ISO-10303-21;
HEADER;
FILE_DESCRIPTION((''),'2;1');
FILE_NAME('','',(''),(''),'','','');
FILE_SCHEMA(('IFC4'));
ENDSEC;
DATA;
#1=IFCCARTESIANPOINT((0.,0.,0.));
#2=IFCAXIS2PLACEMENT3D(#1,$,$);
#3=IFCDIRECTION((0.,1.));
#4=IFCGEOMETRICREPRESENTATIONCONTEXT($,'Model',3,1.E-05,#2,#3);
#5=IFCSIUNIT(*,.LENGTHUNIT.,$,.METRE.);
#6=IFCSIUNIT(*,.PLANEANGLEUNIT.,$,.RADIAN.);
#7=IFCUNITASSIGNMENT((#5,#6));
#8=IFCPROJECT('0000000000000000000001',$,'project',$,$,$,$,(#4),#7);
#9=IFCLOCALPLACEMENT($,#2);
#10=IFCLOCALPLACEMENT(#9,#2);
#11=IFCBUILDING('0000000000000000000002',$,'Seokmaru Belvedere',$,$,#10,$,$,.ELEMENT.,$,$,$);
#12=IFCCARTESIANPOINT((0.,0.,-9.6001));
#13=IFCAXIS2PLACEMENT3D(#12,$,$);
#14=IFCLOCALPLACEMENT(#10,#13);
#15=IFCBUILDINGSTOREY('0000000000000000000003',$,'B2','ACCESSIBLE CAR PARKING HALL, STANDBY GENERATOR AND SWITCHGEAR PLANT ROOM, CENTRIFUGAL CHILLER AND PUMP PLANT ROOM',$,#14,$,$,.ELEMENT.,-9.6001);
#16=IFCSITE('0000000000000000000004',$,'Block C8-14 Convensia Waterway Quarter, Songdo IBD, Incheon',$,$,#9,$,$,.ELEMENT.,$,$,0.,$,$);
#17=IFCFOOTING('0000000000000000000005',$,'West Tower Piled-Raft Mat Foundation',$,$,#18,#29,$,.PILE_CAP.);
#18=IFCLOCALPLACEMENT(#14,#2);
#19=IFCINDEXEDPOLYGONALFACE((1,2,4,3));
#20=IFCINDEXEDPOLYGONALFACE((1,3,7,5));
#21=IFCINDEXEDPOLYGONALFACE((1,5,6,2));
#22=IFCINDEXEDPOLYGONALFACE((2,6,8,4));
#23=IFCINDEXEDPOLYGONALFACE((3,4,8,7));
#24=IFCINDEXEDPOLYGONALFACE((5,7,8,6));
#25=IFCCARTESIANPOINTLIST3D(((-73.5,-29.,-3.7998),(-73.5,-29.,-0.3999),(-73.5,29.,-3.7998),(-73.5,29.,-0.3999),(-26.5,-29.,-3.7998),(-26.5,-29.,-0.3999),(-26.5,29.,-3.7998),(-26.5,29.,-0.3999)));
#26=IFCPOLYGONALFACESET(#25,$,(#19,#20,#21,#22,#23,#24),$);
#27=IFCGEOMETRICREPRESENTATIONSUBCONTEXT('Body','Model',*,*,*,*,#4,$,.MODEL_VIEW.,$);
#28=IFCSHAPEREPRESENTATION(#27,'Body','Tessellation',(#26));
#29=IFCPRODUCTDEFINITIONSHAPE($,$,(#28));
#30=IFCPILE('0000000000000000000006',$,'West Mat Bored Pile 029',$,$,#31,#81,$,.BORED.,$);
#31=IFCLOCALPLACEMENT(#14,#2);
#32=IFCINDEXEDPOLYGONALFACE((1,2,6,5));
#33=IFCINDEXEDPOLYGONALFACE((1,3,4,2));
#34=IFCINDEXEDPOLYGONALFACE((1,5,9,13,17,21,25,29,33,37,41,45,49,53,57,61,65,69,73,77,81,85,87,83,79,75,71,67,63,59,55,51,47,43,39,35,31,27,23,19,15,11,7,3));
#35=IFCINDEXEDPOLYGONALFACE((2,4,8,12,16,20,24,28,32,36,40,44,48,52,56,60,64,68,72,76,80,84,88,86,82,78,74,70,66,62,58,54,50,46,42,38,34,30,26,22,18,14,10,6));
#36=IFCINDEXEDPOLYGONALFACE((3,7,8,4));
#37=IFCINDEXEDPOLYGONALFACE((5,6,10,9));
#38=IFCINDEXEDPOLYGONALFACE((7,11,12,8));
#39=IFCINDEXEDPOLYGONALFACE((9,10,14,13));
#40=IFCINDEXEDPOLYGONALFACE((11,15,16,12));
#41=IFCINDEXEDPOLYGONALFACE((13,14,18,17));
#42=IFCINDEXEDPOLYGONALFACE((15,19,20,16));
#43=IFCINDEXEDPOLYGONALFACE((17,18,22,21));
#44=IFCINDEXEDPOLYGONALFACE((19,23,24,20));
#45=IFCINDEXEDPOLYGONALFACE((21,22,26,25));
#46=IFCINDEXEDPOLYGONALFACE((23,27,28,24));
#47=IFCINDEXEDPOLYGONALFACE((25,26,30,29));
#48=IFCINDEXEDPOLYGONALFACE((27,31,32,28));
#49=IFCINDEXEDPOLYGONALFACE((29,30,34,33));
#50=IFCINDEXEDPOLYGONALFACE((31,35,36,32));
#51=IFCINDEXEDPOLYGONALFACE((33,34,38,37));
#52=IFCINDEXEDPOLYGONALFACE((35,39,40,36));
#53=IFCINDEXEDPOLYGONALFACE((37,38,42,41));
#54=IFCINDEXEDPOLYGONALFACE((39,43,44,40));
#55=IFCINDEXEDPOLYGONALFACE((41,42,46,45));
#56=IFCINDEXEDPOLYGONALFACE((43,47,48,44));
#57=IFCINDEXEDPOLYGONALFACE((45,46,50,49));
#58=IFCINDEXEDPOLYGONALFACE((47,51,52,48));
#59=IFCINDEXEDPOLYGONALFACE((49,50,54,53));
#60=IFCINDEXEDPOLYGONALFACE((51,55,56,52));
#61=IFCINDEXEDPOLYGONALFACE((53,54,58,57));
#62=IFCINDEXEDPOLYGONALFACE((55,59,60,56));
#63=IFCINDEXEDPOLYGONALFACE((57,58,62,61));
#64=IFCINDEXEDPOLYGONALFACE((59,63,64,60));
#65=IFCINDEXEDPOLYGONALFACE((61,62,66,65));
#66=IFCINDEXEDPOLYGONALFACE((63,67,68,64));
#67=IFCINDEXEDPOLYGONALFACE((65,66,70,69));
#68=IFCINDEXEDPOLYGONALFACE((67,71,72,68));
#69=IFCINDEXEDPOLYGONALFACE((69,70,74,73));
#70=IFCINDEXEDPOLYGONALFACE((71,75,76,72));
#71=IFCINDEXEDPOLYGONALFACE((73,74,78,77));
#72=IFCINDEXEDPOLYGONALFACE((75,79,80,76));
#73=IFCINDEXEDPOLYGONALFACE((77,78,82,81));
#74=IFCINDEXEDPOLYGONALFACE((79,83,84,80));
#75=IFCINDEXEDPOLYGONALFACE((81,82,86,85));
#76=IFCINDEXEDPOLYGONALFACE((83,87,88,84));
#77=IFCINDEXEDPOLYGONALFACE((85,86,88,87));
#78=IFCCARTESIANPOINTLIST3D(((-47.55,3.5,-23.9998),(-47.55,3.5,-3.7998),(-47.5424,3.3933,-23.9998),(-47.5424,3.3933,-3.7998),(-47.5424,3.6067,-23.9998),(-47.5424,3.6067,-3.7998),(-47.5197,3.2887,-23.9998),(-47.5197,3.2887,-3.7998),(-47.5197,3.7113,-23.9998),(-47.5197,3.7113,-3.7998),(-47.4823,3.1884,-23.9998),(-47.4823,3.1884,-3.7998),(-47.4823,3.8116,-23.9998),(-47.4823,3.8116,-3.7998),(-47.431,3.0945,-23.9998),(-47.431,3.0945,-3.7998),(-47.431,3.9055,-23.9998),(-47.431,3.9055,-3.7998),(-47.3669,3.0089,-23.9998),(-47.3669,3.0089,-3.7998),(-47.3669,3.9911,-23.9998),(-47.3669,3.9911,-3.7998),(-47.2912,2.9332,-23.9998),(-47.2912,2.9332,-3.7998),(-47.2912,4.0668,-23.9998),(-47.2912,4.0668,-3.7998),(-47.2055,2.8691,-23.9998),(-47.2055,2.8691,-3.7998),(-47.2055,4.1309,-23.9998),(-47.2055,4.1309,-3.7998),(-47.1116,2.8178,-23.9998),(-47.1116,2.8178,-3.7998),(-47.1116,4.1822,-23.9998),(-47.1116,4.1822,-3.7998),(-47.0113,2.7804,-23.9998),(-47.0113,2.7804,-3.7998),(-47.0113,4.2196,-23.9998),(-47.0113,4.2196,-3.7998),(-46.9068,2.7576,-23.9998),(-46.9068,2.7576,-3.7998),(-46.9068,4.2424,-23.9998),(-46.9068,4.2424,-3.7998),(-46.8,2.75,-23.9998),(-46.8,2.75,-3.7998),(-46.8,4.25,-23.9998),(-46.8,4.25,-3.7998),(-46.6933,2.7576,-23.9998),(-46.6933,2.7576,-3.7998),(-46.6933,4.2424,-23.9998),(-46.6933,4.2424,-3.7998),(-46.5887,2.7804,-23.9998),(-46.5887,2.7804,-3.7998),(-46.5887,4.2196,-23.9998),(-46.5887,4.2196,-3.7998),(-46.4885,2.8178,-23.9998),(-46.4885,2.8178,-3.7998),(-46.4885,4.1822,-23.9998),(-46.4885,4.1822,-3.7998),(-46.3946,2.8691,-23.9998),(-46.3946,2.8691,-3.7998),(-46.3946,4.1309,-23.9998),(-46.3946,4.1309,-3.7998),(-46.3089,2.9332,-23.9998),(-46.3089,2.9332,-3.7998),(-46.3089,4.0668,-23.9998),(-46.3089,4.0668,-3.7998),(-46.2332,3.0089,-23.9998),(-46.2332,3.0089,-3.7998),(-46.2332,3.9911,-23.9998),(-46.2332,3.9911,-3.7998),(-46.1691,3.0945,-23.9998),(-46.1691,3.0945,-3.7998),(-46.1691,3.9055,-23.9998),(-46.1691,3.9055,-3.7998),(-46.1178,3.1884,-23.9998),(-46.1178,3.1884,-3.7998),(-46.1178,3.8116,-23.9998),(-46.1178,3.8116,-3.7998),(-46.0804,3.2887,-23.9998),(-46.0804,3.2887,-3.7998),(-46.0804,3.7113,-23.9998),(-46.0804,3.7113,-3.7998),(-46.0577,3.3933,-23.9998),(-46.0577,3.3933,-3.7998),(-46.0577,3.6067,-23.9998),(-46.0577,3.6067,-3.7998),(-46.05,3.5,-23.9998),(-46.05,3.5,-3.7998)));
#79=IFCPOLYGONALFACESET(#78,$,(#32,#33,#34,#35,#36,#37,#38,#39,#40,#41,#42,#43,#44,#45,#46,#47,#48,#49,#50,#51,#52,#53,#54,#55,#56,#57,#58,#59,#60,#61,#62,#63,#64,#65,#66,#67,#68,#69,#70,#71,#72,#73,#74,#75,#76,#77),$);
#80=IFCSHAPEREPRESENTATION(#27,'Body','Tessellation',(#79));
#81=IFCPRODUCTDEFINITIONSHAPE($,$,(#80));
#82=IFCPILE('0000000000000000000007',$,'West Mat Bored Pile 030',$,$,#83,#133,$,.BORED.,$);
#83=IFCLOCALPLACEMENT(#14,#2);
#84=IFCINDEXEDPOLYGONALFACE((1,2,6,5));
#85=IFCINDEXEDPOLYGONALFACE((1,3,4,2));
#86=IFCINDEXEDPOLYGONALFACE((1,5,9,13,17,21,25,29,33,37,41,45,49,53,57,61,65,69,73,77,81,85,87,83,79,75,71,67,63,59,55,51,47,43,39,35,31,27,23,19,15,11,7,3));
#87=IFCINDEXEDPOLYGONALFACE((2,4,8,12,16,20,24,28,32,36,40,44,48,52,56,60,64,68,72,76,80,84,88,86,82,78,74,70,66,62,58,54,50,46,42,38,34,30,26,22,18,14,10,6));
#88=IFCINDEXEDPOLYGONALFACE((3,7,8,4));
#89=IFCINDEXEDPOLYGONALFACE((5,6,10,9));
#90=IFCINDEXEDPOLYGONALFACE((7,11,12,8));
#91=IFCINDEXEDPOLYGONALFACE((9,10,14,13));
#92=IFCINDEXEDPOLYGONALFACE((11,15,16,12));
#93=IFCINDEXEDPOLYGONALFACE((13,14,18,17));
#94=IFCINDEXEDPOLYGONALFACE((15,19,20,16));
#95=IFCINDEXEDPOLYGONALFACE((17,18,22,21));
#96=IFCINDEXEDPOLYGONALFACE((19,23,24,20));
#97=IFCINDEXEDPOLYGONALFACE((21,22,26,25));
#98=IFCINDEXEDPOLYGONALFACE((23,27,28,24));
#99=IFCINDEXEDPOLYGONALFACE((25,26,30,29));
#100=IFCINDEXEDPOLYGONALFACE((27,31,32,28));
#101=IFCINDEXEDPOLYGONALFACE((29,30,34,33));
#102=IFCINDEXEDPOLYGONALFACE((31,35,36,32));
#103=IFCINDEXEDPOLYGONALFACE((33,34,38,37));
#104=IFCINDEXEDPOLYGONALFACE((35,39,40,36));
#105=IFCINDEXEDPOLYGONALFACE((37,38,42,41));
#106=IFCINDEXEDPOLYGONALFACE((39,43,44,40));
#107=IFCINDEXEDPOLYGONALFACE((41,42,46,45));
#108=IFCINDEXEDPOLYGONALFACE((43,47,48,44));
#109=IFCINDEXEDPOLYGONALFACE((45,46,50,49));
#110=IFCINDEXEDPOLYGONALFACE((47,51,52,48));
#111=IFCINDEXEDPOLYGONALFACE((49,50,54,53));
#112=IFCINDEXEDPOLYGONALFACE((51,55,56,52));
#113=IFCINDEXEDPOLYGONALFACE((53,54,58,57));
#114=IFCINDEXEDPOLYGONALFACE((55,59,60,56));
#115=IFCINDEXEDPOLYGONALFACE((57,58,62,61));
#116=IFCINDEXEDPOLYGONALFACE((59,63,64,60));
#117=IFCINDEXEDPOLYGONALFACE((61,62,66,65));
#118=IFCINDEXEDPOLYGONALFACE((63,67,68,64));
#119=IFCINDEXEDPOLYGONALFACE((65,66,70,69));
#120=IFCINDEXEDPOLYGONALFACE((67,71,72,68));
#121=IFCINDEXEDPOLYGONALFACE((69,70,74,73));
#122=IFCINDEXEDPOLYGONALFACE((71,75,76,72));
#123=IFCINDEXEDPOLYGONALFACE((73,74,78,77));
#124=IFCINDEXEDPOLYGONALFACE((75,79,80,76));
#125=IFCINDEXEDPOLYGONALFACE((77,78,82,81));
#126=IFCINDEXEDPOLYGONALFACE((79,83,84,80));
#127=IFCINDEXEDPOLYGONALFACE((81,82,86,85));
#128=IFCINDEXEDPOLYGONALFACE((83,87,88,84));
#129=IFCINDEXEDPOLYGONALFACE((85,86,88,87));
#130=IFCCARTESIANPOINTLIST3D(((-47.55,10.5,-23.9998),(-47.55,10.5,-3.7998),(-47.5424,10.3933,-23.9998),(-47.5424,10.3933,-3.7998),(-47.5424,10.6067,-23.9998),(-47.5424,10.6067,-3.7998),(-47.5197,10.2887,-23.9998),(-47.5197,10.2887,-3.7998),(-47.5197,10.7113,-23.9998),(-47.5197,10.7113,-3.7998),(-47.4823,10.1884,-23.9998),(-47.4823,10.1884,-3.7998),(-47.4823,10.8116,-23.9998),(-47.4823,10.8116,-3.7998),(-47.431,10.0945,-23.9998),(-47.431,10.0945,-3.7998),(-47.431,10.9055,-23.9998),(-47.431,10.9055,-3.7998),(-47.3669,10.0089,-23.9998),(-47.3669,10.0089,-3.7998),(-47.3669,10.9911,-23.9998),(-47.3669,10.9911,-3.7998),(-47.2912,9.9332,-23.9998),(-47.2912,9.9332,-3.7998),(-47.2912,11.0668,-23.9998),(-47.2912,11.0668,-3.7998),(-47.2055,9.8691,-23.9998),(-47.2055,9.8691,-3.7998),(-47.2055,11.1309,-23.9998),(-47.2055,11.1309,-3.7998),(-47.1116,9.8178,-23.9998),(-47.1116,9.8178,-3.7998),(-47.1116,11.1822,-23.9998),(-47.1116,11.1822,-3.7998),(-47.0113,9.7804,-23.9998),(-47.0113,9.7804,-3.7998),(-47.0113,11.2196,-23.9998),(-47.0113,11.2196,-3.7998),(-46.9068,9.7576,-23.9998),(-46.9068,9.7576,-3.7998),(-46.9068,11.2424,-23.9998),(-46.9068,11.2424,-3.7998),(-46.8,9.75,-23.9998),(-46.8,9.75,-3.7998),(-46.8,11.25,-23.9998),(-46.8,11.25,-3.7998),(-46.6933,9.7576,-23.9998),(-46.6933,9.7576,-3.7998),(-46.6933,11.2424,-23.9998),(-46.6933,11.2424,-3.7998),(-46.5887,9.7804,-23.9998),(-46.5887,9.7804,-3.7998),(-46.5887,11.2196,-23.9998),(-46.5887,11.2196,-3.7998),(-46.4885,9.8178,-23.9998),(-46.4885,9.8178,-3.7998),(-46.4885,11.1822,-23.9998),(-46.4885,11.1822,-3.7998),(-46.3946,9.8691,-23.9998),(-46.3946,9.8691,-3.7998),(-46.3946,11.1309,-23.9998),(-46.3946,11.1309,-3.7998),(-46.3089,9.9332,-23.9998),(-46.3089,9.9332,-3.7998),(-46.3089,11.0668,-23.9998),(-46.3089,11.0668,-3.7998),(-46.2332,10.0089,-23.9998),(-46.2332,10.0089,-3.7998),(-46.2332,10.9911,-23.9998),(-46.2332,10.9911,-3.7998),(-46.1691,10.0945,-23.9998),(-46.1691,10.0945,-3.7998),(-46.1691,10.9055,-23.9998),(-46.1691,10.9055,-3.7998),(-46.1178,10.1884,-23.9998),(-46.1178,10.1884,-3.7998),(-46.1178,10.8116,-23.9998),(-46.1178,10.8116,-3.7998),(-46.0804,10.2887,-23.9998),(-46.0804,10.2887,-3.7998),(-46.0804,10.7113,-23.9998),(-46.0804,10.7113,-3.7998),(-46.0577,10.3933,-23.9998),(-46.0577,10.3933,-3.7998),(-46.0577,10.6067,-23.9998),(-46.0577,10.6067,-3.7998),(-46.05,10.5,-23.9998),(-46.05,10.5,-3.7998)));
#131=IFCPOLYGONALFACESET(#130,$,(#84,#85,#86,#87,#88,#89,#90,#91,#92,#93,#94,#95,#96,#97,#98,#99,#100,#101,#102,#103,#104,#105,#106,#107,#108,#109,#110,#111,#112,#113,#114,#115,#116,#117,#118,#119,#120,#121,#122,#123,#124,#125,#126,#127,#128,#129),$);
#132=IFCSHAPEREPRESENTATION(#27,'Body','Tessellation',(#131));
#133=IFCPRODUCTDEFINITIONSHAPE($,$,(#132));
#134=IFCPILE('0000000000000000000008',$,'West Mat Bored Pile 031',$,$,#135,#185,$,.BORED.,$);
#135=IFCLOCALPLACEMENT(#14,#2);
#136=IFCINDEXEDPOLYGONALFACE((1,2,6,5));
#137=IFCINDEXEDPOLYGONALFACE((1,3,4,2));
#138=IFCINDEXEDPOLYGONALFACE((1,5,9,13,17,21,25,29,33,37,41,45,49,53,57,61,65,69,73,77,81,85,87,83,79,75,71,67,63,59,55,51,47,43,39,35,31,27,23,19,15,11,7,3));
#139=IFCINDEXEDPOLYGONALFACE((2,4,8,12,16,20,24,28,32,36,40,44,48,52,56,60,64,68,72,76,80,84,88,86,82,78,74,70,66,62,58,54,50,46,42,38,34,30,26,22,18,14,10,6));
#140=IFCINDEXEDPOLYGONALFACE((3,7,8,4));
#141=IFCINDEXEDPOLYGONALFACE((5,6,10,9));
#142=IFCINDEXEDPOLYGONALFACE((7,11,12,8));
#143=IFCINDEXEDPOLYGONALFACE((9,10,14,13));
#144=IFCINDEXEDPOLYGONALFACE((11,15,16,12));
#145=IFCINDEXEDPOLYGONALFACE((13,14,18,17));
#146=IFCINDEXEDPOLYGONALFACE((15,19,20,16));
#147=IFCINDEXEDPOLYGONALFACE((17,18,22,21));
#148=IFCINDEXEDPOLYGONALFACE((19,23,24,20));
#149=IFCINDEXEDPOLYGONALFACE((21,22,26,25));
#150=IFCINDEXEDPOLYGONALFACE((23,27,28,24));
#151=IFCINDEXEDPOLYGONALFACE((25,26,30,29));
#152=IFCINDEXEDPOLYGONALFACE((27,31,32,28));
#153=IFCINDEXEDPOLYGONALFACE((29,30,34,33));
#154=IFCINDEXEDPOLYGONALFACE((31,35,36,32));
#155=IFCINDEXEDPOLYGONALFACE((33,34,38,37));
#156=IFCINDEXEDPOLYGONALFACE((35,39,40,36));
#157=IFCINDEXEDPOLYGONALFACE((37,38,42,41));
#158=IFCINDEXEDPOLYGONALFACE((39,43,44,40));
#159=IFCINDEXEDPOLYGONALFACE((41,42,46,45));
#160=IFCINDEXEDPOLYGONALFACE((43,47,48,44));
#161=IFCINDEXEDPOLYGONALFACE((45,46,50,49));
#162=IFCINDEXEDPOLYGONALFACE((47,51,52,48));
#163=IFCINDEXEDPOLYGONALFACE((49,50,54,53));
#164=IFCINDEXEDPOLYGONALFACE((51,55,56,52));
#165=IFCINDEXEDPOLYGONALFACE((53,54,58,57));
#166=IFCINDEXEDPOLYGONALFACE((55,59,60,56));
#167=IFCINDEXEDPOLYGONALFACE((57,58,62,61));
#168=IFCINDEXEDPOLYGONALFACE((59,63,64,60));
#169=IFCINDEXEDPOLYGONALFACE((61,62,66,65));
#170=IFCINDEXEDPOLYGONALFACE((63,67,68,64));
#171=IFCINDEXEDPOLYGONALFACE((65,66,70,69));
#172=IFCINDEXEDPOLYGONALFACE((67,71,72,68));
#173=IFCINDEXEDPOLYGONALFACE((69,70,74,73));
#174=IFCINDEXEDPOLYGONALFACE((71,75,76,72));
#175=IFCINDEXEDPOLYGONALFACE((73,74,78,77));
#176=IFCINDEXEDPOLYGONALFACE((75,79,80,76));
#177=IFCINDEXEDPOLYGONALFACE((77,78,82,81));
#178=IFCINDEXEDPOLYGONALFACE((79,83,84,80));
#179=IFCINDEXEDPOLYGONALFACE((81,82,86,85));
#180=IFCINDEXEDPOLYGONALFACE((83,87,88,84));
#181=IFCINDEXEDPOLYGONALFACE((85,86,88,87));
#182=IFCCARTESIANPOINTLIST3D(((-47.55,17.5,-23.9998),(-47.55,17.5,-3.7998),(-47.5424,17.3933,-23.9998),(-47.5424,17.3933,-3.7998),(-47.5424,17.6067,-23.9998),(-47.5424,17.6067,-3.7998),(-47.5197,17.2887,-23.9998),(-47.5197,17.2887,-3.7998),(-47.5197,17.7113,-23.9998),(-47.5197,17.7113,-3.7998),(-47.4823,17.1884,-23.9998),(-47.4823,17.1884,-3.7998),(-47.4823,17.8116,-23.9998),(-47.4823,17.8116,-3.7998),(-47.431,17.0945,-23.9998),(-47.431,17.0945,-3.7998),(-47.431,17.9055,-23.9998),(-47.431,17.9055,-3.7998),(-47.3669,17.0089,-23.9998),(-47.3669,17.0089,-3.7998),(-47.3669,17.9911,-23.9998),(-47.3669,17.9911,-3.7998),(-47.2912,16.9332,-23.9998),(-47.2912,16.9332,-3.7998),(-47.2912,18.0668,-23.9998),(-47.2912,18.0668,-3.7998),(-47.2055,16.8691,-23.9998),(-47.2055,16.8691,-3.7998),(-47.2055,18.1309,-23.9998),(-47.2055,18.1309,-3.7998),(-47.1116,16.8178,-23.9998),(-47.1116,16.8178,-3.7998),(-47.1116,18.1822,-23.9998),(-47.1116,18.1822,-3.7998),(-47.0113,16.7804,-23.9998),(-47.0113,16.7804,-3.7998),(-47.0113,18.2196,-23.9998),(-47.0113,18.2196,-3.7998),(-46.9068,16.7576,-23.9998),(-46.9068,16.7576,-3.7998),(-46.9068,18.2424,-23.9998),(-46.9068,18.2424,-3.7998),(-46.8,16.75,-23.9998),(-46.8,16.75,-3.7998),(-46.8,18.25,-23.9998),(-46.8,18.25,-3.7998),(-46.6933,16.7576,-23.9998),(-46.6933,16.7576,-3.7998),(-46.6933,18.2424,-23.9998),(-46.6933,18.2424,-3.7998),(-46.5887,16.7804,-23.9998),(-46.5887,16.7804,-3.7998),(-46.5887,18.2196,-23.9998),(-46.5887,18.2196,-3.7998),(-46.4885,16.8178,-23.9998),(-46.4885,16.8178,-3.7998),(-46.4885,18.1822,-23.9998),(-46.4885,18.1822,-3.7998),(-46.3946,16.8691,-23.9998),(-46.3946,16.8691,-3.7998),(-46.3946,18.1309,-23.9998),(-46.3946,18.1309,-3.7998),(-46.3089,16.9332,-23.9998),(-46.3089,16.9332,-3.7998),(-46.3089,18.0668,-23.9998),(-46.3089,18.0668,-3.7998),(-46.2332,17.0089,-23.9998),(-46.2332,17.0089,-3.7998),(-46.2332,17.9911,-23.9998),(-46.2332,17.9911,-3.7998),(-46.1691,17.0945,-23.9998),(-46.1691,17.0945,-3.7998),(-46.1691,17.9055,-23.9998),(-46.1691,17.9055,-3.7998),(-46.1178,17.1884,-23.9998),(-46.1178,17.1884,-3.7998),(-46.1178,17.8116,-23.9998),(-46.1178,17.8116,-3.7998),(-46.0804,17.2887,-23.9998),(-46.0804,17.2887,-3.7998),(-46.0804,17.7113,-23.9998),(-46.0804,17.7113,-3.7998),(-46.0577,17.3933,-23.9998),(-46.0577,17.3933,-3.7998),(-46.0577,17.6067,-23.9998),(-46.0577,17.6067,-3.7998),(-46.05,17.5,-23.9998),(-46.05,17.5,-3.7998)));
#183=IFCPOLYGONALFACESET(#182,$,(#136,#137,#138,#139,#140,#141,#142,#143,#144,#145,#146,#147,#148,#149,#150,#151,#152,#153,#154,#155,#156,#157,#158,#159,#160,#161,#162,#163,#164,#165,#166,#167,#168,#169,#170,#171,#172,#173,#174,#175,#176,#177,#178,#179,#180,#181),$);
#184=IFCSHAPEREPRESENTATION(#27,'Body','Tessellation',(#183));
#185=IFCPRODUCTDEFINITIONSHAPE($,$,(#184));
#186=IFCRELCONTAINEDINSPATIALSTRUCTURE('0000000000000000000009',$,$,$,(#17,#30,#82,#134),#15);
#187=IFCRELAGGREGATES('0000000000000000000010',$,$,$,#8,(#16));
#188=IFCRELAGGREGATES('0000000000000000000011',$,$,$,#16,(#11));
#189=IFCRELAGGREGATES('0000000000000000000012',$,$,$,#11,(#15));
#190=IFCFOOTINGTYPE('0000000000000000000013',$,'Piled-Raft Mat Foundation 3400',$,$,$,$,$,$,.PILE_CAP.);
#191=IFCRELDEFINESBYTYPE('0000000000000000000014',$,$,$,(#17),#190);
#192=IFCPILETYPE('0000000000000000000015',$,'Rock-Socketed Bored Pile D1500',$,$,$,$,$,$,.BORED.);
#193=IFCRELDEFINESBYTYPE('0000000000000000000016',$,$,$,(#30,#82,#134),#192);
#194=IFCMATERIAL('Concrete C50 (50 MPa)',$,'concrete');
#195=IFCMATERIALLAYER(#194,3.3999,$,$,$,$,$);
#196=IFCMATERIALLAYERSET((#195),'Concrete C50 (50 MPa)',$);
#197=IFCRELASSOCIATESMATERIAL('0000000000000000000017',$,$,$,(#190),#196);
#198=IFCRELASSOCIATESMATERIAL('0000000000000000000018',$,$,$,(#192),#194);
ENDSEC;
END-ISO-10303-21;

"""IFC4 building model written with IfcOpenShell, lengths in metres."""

from ifc_helpers import new_model, si_unit, direction, frame, origin, origin_2d, place, context, subcontext, project, spatial, rectangle, circle, extrude, source, transform, mapped, material, layer, layer_set, material_profile, profile_set, type_object, type_shapes, element, save


model = new_model("IFC4")

# Units and contexts
model_context = context("Model", 3, precision=1e-05, world=origin(), true_north=direction((0.0, 1.0)))
body_context = subcontext(model_context, "Body", "Model", "MODEL_VIEW")
ifc_project = project(units=[si_unit("LENGTHUNIT", "METRE"), si_unit("PLANEANGLEUNIT", "RADIAN")], contexts=[model_context])

# Site, building, storey
site_placement = place(None, origin())
site = spatial("IfcSite", under=ifc_project, at=site_placement, Name="Block C8-14 Convensia Waterway Quarter, Songdo IBD, Incheon", CompositionType="ELEMENT", RefElevation=0.0)
building_placement = place(site_placement, origin())
building = spatial("IfcBuilding", under=site, at=building_placement, Name="Seokmaru Belvedere", CompositionType="ELEMENT")
storey_placement = place(building_placement, frame((0.0, 0.0, -9.6001)))
storey = spatial("IfcBuildingStorey", under=building, at=storey_placement, Name="B2", Description="ACCESSIBLE CAR PARKING HALL, STANDBY GENERATOR AND SWITCHGEAR PLANT ROOM, CENTRIFUGAL CHILLER AND PUMP PLANT ROOM", CompositionType="ELEMENT", Elevation=-9.6001)

# Footing
ifc_material_1 = material(Name="Concrete C50 (50 MPa)", Category="concrete")
ifc_layer_1 = layer(ifc_material_1, 3.3999)
ifc_layer_set_1 = layer_set([ifc_layer_1], Name="Concrete C50 (50 MPa)")
footing_type_1 = type_object("IfcFootingType", Name="Piled-Raft Mat Foundation 3400", PredefinedType="PILE_CAP", material=ifc_layer_set_1)
shared_shape_1 = source(origin(), body_context, "Body", "SweptSolid", [
    extrude(rectangle(XDim=47.0, YDim=58.0, at=origin_2d()), origin(), (0.0, 0.0, 1.0), 3.3999),
])
type_shapes(footing_type_1, [shared_shape_1])
footing_placement = place(storey_placement, frame((-50.0, 0.0, -3.7998), z_axis=(0.0, 0.0, 1.0), x_axis=(1.0, 0.0, 0.0)))
element("IfcFooting", 1, at=footing_placement, inside=storey, type_object=footing_type_1, Name="West Tower Piled-Raft Mat Foundation", PredefinedType="PILE_CAP", context=body_context, shape_type="MappedRepresentation", body=[
    mapped(shared_shape_1, transform((0.0, 0.0, 0.0), scale=1.0)),
])

# Piles
ifc_material_profile_1 = material_profile(ifc_material_1, circle(Radius=0.75, at=origin_2d()), Name="PILE-D1500")
ifc_profile_set_1 = profile_set([ifc_material_profile_1], Name="Concrete C50 (50 MPa)")
pile_type_1 = type_object("IfcPileType", Name="Rock-Socketed Bored Pile D1500", PredefinedType="BORED", material=ifc_profile_set_1)
shared_shape_2 = source(origin(), body_context, "Body", "SweptSolid", [
    extrude(circle(Radius=0.75, at=origin_2d()), origin(), (0.0, 0.0, 1.0), 20.2),
])
type_shapes(pile_type_1, [shared_shape_2])
for number, where, z_axis, x_axis, name in (
    (2, (-46.8, 3.5, -3.7998), (0.0, 0.0, -1.0), (1.0, 0.0, 0.0), "West Mat Bored Pile 029"),
    (3, (-46.8, 10.5, -3.7998), (0.0, 0.0, -1.0), (1.0, 0.0, 0.0), "West Mat Bored Pile 030"),
    (4, (-46.8, 17.5, -3.7998), (0.0, 0.0, -1.0), (1.0, 0.0, 0.0), "West Mat Bored Pile 031"),
):
    element("IfcPile", number, at=place(storey_placement, frame(where, z_axis=z_axis, x_axis=x_axis)), inside=storey, type_object=pile_type_1, Name=name, PredefinedType="BORED", context=body_context, shape_type="MappedRepresentation", body=[
        mapped(shared_shape_2, transform((0.0, 0.0, 0.0), scale=1.0)),
    ])

save(model, "model.ifc")
